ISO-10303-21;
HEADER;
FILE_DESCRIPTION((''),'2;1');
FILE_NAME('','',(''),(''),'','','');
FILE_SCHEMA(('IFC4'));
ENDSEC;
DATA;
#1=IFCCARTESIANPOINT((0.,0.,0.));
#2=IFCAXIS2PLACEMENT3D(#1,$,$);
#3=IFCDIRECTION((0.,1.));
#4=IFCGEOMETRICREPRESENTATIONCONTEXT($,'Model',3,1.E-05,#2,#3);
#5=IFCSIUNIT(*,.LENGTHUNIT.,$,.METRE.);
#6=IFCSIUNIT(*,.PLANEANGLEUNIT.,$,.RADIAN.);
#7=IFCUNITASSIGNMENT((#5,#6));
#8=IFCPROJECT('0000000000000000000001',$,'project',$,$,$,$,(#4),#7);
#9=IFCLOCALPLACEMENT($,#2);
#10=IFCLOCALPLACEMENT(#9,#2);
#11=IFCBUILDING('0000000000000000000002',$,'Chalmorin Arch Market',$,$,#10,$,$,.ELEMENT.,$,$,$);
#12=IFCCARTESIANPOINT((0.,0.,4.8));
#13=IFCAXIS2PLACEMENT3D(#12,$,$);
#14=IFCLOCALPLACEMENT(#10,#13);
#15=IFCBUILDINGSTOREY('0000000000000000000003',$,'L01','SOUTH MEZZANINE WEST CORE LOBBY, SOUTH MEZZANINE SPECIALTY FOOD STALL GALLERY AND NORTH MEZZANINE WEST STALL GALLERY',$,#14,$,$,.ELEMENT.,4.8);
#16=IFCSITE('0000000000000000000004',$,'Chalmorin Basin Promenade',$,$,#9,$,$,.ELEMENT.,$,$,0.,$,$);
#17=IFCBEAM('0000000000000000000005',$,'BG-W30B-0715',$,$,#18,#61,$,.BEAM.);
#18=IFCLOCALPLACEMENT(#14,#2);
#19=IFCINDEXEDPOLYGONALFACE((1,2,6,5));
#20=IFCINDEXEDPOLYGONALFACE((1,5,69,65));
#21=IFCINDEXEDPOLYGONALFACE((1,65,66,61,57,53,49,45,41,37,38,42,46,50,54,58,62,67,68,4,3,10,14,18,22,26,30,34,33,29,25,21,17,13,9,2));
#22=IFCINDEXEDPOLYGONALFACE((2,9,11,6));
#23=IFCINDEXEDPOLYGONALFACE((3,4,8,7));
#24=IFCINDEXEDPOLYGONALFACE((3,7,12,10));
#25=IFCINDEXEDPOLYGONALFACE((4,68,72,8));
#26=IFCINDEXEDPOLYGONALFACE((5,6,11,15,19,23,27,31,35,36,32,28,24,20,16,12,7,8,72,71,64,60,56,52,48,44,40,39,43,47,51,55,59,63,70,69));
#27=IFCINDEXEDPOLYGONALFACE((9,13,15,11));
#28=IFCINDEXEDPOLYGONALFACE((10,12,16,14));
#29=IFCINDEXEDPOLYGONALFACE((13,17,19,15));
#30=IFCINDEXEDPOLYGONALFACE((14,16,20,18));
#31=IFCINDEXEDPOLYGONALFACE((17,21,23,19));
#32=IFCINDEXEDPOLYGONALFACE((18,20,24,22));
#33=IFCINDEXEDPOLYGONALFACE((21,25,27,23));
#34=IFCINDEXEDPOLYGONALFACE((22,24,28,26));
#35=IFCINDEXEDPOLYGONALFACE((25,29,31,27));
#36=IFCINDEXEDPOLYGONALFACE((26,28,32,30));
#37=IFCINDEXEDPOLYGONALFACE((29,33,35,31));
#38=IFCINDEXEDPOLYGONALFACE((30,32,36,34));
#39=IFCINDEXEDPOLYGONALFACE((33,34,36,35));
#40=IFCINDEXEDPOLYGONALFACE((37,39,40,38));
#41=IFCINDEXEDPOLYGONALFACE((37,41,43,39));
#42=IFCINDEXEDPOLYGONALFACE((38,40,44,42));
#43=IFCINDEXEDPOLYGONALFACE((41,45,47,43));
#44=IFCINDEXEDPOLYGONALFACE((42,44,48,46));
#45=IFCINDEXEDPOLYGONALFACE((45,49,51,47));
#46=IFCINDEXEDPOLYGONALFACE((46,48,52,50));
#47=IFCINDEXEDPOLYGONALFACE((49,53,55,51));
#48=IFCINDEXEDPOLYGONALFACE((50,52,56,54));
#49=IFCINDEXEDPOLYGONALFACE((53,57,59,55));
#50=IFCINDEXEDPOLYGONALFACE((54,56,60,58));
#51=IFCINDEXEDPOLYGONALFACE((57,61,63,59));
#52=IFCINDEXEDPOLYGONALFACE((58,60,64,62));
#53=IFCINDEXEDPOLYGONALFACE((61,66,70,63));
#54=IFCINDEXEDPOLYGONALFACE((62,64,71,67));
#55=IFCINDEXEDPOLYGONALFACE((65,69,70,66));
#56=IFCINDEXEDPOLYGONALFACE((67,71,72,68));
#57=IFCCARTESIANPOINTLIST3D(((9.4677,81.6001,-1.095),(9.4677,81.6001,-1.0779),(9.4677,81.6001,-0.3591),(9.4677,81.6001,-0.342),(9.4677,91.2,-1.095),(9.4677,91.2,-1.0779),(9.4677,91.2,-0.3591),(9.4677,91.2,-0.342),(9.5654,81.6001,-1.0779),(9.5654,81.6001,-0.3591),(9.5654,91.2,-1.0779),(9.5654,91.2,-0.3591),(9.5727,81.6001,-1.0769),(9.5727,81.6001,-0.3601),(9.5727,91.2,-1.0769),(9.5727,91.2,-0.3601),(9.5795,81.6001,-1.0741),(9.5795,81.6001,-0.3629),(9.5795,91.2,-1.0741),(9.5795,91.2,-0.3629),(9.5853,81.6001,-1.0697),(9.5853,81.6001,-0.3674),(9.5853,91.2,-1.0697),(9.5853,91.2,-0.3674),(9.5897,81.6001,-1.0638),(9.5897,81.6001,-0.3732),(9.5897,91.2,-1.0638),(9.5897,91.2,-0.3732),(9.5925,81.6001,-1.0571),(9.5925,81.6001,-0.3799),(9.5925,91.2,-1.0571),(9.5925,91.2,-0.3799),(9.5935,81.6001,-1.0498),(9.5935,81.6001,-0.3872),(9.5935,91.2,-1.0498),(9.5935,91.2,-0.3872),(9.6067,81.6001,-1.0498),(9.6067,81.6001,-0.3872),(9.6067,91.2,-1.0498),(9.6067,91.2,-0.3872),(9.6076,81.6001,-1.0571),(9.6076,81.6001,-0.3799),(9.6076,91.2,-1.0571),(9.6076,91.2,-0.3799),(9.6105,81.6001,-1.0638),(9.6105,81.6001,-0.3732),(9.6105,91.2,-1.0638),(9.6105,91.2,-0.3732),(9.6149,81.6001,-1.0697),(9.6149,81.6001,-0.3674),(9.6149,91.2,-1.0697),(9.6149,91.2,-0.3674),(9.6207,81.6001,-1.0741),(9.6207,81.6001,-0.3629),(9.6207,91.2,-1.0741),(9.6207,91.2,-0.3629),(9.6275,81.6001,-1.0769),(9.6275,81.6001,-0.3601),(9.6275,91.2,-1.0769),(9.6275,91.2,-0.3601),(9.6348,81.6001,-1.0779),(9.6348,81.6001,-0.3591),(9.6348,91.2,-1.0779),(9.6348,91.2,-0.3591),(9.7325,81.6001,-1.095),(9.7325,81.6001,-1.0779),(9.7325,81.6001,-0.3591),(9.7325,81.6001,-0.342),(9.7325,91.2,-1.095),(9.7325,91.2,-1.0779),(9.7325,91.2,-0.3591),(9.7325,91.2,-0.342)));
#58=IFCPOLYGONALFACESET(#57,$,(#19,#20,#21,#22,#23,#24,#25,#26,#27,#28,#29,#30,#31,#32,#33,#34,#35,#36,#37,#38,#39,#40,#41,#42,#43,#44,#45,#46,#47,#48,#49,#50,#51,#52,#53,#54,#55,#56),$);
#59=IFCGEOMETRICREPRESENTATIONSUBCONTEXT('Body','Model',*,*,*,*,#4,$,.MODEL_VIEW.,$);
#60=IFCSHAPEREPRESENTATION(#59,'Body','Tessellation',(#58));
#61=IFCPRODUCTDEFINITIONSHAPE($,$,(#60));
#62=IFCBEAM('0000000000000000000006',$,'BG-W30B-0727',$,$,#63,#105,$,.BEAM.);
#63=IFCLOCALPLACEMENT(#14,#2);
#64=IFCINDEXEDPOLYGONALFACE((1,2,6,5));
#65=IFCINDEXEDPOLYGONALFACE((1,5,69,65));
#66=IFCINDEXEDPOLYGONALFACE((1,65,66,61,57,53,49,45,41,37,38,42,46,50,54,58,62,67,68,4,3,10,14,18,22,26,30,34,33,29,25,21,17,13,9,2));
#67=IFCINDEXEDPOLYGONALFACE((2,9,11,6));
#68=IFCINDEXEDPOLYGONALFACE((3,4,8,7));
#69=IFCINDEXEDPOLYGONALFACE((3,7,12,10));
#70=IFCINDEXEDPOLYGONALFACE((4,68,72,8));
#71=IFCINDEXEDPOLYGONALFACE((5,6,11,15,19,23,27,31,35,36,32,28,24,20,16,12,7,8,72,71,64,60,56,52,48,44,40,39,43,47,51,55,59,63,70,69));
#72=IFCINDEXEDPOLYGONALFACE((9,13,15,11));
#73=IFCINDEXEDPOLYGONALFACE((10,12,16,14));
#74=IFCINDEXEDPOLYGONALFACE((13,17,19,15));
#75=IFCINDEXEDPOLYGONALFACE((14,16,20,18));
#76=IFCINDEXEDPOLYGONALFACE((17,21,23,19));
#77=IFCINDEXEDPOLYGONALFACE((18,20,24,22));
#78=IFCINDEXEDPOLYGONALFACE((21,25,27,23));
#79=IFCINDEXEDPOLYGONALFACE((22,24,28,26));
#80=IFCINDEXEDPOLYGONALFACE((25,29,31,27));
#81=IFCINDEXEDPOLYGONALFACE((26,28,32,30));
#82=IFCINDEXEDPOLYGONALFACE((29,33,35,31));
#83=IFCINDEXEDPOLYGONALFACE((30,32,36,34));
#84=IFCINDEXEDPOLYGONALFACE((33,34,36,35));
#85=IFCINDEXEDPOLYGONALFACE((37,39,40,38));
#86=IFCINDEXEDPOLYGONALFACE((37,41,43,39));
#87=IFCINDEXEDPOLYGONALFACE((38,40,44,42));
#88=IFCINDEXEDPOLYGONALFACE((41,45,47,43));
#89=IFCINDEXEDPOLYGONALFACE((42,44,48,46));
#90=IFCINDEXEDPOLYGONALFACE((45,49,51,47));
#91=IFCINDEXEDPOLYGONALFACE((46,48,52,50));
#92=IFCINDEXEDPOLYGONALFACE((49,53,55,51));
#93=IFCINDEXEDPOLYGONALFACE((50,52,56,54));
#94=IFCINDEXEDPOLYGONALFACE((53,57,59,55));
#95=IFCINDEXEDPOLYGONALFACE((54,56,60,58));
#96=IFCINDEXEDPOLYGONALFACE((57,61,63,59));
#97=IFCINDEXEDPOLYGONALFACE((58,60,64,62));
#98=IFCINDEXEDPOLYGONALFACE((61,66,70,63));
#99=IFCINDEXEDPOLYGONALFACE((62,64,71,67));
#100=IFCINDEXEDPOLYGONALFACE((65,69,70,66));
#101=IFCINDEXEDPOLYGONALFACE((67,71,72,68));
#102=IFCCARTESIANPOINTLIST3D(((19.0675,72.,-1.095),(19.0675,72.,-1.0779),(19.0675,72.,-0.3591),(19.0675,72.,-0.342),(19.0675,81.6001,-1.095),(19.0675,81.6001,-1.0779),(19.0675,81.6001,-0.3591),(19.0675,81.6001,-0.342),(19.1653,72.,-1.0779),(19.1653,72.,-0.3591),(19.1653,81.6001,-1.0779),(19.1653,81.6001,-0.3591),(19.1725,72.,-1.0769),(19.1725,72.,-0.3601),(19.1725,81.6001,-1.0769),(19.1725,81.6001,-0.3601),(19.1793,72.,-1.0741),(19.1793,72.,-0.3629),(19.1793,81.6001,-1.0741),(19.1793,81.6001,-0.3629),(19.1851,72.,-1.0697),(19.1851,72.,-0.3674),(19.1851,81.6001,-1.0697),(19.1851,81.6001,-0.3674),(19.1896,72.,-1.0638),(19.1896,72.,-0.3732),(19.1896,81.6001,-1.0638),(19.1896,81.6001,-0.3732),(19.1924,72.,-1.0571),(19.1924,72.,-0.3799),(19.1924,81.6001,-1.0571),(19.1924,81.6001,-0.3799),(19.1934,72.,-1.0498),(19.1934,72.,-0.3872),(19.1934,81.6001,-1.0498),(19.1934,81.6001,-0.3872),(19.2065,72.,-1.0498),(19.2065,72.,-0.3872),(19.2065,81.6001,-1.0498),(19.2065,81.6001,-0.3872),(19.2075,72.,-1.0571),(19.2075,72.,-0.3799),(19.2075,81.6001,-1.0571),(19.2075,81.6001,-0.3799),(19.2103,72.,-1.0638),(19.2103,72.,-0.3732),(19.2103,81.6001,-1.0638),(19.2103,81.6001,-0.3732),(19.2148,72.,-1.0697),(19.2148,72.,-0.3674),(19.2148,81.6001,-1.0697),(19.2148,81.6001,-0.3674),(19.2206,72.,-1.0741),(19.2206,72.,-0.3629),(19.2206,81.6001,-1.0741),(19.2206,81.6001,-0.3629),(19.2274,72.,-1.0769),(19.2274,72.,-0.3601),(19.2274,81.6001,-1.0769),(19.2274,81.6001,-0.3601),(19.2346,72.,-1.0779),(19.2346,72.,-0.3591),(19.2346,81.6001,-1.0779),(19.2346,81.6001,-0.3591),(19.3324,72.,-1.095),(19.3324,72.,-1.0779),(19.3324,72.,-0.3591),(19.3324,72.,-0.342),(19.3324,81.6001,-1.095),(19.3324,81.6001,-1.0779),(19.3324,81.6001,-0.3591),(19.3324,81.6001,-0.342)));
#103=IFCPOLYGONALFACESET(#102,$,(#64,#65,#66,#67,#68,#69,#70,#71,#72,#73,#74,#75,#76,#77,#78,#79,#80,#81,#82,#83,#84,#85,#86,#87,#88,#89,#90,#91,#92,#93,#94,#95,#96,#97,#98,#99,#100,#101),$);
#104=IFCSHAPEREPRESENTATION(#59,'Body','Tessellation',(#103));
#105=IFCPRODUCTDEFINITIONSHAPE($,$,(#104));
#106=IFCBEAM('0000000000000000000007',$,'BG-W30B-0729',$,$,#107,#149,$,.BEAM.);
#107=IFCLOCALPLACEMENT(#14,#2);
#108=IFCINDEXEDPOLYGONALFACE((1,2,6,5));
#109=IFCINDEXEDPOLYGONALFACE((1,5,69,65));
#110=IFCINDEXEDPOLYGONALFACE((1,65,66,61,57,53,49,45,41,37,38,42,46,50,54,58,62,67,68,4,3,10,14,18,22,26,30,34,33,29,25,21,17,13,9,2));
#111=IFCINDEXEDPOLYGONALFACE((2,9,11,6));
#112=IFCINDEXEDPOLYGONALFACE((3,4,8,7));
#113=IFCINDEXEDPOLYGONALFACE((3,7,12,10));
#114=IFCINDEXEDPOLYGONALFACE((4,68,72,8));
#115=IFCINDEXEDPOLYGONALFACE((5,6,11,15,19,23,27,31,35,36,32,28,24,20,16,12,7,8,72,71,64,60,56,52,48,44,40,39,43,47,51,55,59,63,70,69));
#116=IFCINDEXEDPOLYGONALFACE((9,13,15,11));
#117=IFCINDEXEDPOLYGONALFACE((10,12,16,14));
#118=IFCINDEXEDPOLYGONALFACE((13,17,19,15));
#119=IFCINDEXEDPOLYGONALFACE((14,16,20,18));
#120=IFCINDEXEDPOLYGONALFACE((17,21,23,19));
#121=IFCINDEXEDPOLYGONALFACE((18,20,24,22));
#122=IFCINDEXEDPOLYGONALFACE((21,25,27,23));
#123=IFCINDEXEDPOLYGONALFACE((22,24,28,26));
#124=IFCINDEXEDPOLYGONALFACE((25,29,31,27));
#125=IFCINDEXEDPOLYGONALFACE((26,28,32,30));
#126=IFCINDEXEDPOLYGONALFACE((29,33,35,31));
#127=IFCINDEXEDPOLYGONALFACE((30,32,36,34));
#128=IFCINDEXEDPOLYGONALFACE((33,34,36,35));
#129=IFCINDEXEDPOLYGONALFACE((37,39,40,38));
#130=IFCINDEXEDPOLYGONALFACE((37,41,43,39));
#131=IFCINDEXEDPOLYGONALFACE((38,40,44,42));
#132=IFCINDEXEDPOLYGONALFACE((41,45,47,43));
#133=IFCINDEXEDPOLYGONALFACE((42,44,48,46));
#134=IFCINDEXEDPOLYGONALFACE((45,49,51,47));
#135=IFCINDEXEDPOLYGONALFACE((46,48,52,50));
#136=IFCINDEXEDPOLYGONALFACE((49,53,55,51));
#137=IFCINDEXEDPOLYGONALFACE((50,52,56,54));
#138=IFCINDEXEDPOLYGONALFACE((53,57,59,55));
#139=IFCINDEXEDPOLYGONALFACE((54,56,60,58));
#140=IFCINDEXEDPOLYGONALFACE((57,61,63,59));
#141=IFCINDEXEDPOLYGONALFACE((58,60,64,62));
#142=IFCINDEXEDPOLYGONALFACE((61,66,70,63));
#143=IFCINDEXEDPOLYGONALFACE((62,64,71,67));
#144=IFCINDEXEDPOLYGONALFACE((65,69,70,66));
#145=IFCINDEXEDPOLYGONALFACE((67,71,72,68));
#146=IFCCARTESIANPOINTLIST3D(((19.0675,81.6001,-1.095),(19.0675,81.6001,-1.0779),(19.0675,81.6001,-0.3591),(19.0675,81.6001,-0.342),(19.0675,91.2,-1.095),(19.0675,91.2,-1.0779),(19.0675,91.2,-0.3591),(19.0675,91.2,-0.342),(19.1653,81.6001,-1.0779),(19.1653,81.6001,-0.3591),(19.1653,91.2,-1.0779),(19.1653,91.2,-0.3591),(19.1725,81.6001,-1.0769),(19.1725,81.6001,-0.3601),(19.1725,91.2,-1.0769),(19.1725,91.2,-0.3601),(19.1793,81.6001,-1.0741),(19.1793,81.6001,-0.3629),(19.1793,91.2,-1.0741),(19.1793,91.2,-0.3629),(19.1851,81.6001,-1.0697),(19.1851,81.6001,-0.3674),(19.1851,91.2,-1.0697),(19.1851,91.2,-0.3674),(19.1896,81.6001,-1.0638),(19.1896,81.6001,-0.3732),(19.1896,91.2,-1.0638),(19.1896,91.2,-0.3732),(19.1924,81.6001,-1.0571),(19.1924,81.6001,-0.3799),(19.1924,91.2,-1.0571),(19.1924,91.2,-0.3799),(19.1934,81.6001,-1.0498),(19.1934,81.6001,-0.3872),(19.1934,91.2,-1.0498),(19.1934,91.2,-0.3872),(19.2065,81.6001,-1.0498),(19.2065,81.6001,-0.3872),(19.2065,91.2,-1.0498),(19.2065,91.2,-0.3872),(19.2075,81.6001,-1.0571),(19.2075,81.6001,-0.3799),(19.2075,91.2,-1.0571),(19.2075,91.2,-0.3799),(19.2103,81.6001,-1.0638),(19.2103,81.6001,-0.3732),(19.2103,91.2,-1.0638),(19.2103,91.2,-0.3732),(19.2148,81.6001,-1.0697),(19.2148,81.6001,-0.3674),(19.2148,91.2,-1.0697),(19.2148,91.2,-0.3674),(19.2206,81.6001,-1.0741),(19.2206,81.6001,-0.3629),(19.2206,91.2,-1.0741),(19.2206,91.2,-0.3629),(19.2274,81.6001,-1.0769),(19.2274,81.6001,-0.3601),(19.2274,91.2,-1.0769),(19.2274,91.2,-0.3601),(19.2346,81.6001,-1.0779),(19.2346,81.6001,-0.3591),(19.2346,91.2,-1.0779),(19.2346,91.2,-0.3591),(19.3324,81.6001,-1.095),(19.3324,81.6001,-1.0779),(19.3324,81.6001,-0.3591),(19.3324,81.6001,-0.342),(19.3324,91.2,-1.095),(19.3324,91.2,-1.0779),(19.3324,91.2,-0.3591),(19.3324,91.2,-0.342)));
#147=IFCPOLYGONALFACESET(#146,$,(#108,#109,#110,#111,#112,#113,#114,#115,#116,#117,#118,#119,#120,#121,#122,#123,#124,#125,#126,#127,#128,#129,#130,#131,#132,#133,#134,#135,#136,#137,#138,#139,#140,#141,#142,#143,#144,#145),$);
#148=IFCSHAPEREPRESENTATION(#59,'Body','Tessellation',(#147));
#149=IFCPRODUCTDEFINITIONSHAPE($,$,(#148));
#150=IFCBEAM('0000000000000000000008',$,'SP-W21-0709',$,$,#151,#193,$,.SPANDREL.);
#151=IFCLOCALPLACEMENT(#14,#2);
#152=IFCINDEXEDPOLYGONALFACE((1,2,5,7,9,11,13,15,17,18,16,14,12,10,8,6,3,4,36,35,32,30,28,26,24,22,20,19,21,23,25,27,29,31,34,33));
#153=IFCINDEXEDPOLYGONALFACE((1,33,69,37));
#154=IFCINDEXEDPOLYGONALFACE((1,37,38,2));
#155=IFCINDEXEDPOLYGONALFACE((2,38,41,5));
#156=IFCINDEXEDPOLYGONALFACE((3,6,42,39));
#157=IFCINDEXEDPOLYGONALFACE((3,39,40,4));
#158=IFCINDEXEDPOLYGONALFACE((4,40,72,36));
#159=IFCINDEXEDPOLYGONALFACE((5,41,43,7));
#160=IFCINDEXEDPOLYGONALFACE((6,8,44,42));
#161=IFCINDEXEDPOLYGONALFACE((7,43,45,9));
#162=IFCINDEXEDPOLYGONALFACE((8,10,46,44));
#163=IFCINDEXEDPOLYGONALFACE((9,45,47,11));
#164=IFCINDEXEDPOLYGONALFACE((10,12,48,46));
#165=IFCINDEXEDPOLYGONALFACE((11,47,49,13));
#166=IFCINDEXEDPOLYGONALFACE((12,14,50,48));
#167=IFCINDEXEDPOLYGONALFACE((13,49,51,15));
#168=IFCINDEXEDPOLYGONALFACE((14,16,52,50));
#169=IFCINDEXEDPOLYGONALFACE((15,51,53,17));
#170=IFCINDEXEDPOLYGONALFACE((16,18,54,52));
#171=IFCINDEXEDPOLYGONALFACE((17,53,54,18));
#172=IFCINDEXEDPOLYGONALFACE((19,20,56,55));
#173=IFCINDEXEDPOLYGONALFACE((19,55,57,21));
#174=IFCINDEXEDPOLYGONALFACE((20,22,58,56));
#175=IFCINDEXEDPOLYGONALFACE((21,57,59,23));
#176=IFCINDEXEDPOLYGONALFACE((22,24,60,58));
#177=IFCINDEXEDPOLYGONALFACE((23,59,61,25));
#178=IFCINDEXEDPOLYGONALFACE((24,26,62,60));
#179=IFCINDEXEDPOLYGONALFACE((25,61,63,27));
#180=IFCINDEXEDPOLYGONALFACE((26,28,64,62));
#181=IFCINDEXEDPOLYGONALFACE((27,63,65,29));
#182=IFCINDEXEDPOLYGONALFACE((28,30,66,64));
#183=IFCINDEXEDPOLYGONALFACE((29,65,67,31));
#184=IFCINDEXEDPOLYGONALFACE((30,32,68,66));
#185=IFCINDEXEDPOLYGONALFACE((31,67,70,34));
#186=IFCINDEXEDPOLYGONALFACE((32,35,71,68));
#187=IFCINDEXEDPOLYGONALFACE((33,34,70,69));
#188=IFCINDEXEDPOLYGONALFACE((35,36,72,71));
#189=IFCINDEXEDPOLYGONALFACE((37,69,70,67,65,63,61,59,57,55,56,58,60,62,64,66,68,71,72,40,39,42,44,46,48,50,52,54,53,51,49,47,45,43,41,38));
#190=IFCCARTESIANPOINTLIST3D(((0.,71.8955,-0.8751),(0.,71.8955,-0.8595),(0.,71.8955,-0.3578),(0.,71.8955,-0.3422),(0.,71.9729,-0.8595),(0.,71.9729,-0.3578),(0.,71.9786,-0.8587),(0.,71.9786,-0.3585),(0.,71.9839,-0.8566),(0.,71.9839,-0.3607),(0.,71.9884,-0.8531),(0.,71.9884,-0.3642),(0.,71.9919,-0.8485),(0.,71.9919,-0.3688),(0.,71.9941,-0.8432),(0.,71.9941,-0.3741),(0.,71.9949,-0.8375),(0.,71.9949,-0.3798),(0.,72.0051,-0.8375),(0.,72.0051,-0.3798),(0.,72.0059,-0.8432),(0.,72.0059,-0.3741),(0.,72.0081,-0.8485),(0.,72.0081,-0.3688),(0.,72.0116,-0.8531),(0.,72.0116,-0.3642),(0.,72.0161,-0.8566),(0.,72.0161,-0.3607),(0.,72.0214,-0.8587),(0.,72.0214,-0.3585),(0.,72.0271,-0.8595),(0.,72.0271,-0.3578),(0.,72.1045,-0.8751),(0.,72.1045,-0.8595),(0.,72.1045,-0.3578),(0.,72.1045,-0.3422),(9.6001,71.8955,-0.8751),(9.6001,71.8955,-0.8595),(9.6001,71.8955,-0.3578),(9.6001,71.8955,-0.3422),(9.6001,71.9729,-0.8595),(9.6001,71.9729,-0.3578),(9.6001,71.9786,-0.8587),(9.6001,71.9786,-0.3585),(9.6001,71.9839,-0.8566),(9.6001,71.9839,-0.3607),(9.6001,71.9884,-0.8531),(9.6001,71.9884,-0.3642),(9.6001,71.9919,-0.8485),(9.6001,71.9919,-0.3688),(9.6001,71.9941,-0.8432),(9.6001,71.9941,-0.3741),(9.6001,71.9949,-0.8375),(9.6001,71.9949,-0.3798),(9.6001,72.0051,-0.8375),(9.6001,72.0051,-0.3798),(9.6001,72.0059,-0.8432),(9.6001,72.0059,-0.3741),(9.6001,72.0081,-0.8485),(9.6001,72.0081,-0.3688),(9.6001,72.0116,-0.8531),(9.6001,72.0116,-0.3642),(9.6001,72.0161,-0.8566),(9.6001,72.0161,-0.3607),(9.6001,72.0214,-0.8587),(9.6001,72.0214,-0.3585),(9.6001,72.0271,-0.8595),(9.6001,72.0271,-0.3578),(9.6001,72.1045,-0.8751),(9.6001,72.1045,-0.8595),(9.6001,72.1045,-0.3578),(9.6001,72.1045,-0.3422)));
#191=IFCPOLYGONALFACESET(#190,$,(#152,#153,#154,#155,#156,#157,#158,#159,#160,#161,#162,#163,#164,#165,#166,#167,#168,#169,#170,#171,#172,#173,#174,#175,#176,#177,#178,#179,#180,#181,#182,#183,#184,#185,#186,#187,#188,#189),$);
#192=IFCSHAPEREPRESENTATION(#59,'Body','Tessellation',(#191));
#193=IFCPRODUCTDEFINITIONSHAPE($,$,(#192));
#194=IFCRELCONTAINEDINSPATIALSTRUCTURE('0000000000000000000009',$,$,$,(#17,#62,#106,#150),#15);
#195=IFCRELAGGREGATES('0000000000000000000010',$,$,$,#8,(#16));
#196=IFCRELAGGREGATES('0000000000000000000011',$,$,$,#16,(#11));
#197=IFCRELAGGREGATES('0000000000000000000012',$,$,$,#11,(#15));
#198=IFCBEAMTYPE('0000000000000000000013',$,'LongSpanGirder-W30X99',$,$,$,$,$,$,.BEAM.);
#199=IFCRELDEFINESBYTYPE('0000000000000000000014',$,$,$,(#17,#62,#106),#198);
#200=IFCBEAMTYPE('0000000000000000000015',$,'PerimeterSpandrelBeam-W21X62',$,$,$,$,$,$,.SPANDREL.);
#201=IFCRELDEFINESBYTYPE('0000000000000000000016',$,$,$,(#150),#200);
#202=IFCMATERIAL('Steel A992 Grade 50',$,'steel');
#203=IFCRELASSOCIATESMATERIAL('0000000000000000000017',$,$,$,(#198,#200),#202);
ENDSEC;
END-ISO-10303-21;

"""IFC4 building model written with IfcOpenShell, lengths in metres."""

from ifc_helpers import new_model, si_unit, direction, frame, origin, origin_2d, place, context, subcontext, project, spatial, i_section, extrude, material, material_profile, profile_set, type_object, element, save


model = new_model("IFC4")

# Units and contexts
model_context = context("Model", 3, precision=1e-05, world=origin(), true_north=direction((0.0, 1.0)))
body_context = subcontext(model_context, "Body", "Model", "MODEL_VIEW")
ifc_project = project(units=[si_unit("LENGTHUNIT", "METRE"), si_unit("PLANEANGLEUNIT", "RADIAN")], contexts=[model_context])

# Site, building, storey
site_placement = place(None, origin())
site = spatial("IfcSite", under=ifc_project, at=site_placement, Name="Chalmorin Basin Promenade", CompositionType="ELEMENT", RefElevation=0.0)
building_placement = place(site_placement, origin())
building = spatial("IfcBuilding", under=site, at=building_placement, Name="Chalmorin Arch Market", CompositionType="ELEMENT")
storey_placement = place(building_placement, frame((0.0, 0.0, 4.8)))
storey = spatial("IfcBuildingStorey", under=building, at=storey_placement, Name="L01", Description="SOUTH MEZZANINE WEST CORE LOBBY, SOUTH MEZZANINE SPECIALTY FOOD STALL GALLERY AND NORTH MEZZANINE WEST STALL GALLERY", CompositionType="ELEMENT", Elevation=4.8)

# Beams
ifc_material_1 = material(Name="Steel A992 Grade 50", Category="steel")
ifc_material_profile_1 = material_profile(ifc_material_1, i_section(OverallWidth=0.2649, OverallDepth=0.7529, WebThickness=0.0132, FlangeThickness=0.0171, FilletRadius=0.0281, at=origin_2d()), Name="W30X99")
ifc_profile_set_1 = profile_set([ifc_material_profile_1], Name="Steel A992 Grade 50")
beam_type_1 = type_object("IfcBeamType", Name="LongSpanGirder-W30X99", PredefinedType="BEAM", material=ifc_profile_set_1)
beam_1_placement = place(storey_placement, frame((9.6001, 81.6001, -0.7185), z_axis=(0.0, 1.0, 0.0), x_axis=(-1.0, 0.0, 0.0)))
element("IfcBeam", 1, at=beam_1_placement, inside=storey, type_object=beam_type_1, Name="BG-W30B-0715", PredefinedType="BEAM", context=body_context, shape_type="SweptSolid", body=[
    extrude(i_section(OverallWidth=0.2649, OverallDepth=0.7529, WebThickness=0.0132, FlangeThickness=0.0171, FilletRadius=0.0281, at=origin_2d()), origin(), (0.0, 0.0, 1.0), 9.5999),
])
beam_2_placement = place(storey_placement, frame((19.2, 72.0, -0.7185), z_axis=(0.0, 1.0, 0.0), x_axis=(-1.0, 0.0, 0.0)))
element("IfcBeam", 2, at=beam_2_placement, inside=storey, type_object=beam_type_1, Name="BG-W30B-0727", PredefinedType="BEAM", context=body_context, shape_type="SweptSolid", body=[
    extrude(i_section(OverallWidth=0.2649, OverallDepth=0.7529, WebThickness=0.0132, FlangeThickness=0.0171, FilletRadius=0.0281, at=origin_2d()), origin(), (0.0, 0.0, 1.0), 9.6001),
])
beam_3_placement = place(storey_placement, frame((19.2, 81.6001, -0.7185), z_axis=(0.0, 1.0, 0.0), x_axis=(-1.0, 0.0, 0.0)))
element("IfcBeam", 3, at=beam_3_placement, inside=storey, type_object=beam_type_1, Name="BG-W30B-0729", PredefinedType="BEAM", context=body_context, shape_type="SweptSolid", body=[
    extrude(i_section(OverallWidth=0.2649, OverallDepth=0.7529, WebThickness=0.0132, FlangeThickness=0.0171, FilletRadius=0.0281, at=origin_2d()), origin(), (0.0, 0.0, 1.0), 9.5999),
])
ifc_material_profile_2 = material_profile(ifc_material_1, i_section(OverallWidth=0.209, OverallDepth=0.533, WebThickness=0.0103, FlangeThickness=0.0156, FilletRadius=0.022, at=origin_2d()), Name="W21X62")
ifc_profile_set_2 = profile_set([ifc_material_profile_2], Name="Steel A992 Grade 50")
beam_type_2 = type_object("IfcBeamType", Name="PerimeterSpandrelBeam-W21X62", PredefinedType="SPANDREL", material=ifc_profile_set_2)
for number, where, z_axis, x_axis, name in (
    (4, (0.0, 72.0, -0.6086), (1.0, 0.0, 0.0), (0.0, 1.0, 0.0), "SP-W21-0709"),
):
    element("IfcBeam", number, at=place(storey_placement, frame(where, z_axis=z_axis, x_axis=x_axis)), inside=storey, type_object=beam_type_2, Name=name, PredefinedType="SPANDREL", context=body_context, shape_type="SweptSolid", body=[
        extrude(i_section(OverallWidth=0.209, OverallDepth=0.533, WebThickness=0.0103, FlangeThickness=0.0156, FilletRadius=0.022, at=origin_2d()), origin(), (0.0, 0.0, 1.0), 9.6001),
    ])

save(model, "model.ifc")
